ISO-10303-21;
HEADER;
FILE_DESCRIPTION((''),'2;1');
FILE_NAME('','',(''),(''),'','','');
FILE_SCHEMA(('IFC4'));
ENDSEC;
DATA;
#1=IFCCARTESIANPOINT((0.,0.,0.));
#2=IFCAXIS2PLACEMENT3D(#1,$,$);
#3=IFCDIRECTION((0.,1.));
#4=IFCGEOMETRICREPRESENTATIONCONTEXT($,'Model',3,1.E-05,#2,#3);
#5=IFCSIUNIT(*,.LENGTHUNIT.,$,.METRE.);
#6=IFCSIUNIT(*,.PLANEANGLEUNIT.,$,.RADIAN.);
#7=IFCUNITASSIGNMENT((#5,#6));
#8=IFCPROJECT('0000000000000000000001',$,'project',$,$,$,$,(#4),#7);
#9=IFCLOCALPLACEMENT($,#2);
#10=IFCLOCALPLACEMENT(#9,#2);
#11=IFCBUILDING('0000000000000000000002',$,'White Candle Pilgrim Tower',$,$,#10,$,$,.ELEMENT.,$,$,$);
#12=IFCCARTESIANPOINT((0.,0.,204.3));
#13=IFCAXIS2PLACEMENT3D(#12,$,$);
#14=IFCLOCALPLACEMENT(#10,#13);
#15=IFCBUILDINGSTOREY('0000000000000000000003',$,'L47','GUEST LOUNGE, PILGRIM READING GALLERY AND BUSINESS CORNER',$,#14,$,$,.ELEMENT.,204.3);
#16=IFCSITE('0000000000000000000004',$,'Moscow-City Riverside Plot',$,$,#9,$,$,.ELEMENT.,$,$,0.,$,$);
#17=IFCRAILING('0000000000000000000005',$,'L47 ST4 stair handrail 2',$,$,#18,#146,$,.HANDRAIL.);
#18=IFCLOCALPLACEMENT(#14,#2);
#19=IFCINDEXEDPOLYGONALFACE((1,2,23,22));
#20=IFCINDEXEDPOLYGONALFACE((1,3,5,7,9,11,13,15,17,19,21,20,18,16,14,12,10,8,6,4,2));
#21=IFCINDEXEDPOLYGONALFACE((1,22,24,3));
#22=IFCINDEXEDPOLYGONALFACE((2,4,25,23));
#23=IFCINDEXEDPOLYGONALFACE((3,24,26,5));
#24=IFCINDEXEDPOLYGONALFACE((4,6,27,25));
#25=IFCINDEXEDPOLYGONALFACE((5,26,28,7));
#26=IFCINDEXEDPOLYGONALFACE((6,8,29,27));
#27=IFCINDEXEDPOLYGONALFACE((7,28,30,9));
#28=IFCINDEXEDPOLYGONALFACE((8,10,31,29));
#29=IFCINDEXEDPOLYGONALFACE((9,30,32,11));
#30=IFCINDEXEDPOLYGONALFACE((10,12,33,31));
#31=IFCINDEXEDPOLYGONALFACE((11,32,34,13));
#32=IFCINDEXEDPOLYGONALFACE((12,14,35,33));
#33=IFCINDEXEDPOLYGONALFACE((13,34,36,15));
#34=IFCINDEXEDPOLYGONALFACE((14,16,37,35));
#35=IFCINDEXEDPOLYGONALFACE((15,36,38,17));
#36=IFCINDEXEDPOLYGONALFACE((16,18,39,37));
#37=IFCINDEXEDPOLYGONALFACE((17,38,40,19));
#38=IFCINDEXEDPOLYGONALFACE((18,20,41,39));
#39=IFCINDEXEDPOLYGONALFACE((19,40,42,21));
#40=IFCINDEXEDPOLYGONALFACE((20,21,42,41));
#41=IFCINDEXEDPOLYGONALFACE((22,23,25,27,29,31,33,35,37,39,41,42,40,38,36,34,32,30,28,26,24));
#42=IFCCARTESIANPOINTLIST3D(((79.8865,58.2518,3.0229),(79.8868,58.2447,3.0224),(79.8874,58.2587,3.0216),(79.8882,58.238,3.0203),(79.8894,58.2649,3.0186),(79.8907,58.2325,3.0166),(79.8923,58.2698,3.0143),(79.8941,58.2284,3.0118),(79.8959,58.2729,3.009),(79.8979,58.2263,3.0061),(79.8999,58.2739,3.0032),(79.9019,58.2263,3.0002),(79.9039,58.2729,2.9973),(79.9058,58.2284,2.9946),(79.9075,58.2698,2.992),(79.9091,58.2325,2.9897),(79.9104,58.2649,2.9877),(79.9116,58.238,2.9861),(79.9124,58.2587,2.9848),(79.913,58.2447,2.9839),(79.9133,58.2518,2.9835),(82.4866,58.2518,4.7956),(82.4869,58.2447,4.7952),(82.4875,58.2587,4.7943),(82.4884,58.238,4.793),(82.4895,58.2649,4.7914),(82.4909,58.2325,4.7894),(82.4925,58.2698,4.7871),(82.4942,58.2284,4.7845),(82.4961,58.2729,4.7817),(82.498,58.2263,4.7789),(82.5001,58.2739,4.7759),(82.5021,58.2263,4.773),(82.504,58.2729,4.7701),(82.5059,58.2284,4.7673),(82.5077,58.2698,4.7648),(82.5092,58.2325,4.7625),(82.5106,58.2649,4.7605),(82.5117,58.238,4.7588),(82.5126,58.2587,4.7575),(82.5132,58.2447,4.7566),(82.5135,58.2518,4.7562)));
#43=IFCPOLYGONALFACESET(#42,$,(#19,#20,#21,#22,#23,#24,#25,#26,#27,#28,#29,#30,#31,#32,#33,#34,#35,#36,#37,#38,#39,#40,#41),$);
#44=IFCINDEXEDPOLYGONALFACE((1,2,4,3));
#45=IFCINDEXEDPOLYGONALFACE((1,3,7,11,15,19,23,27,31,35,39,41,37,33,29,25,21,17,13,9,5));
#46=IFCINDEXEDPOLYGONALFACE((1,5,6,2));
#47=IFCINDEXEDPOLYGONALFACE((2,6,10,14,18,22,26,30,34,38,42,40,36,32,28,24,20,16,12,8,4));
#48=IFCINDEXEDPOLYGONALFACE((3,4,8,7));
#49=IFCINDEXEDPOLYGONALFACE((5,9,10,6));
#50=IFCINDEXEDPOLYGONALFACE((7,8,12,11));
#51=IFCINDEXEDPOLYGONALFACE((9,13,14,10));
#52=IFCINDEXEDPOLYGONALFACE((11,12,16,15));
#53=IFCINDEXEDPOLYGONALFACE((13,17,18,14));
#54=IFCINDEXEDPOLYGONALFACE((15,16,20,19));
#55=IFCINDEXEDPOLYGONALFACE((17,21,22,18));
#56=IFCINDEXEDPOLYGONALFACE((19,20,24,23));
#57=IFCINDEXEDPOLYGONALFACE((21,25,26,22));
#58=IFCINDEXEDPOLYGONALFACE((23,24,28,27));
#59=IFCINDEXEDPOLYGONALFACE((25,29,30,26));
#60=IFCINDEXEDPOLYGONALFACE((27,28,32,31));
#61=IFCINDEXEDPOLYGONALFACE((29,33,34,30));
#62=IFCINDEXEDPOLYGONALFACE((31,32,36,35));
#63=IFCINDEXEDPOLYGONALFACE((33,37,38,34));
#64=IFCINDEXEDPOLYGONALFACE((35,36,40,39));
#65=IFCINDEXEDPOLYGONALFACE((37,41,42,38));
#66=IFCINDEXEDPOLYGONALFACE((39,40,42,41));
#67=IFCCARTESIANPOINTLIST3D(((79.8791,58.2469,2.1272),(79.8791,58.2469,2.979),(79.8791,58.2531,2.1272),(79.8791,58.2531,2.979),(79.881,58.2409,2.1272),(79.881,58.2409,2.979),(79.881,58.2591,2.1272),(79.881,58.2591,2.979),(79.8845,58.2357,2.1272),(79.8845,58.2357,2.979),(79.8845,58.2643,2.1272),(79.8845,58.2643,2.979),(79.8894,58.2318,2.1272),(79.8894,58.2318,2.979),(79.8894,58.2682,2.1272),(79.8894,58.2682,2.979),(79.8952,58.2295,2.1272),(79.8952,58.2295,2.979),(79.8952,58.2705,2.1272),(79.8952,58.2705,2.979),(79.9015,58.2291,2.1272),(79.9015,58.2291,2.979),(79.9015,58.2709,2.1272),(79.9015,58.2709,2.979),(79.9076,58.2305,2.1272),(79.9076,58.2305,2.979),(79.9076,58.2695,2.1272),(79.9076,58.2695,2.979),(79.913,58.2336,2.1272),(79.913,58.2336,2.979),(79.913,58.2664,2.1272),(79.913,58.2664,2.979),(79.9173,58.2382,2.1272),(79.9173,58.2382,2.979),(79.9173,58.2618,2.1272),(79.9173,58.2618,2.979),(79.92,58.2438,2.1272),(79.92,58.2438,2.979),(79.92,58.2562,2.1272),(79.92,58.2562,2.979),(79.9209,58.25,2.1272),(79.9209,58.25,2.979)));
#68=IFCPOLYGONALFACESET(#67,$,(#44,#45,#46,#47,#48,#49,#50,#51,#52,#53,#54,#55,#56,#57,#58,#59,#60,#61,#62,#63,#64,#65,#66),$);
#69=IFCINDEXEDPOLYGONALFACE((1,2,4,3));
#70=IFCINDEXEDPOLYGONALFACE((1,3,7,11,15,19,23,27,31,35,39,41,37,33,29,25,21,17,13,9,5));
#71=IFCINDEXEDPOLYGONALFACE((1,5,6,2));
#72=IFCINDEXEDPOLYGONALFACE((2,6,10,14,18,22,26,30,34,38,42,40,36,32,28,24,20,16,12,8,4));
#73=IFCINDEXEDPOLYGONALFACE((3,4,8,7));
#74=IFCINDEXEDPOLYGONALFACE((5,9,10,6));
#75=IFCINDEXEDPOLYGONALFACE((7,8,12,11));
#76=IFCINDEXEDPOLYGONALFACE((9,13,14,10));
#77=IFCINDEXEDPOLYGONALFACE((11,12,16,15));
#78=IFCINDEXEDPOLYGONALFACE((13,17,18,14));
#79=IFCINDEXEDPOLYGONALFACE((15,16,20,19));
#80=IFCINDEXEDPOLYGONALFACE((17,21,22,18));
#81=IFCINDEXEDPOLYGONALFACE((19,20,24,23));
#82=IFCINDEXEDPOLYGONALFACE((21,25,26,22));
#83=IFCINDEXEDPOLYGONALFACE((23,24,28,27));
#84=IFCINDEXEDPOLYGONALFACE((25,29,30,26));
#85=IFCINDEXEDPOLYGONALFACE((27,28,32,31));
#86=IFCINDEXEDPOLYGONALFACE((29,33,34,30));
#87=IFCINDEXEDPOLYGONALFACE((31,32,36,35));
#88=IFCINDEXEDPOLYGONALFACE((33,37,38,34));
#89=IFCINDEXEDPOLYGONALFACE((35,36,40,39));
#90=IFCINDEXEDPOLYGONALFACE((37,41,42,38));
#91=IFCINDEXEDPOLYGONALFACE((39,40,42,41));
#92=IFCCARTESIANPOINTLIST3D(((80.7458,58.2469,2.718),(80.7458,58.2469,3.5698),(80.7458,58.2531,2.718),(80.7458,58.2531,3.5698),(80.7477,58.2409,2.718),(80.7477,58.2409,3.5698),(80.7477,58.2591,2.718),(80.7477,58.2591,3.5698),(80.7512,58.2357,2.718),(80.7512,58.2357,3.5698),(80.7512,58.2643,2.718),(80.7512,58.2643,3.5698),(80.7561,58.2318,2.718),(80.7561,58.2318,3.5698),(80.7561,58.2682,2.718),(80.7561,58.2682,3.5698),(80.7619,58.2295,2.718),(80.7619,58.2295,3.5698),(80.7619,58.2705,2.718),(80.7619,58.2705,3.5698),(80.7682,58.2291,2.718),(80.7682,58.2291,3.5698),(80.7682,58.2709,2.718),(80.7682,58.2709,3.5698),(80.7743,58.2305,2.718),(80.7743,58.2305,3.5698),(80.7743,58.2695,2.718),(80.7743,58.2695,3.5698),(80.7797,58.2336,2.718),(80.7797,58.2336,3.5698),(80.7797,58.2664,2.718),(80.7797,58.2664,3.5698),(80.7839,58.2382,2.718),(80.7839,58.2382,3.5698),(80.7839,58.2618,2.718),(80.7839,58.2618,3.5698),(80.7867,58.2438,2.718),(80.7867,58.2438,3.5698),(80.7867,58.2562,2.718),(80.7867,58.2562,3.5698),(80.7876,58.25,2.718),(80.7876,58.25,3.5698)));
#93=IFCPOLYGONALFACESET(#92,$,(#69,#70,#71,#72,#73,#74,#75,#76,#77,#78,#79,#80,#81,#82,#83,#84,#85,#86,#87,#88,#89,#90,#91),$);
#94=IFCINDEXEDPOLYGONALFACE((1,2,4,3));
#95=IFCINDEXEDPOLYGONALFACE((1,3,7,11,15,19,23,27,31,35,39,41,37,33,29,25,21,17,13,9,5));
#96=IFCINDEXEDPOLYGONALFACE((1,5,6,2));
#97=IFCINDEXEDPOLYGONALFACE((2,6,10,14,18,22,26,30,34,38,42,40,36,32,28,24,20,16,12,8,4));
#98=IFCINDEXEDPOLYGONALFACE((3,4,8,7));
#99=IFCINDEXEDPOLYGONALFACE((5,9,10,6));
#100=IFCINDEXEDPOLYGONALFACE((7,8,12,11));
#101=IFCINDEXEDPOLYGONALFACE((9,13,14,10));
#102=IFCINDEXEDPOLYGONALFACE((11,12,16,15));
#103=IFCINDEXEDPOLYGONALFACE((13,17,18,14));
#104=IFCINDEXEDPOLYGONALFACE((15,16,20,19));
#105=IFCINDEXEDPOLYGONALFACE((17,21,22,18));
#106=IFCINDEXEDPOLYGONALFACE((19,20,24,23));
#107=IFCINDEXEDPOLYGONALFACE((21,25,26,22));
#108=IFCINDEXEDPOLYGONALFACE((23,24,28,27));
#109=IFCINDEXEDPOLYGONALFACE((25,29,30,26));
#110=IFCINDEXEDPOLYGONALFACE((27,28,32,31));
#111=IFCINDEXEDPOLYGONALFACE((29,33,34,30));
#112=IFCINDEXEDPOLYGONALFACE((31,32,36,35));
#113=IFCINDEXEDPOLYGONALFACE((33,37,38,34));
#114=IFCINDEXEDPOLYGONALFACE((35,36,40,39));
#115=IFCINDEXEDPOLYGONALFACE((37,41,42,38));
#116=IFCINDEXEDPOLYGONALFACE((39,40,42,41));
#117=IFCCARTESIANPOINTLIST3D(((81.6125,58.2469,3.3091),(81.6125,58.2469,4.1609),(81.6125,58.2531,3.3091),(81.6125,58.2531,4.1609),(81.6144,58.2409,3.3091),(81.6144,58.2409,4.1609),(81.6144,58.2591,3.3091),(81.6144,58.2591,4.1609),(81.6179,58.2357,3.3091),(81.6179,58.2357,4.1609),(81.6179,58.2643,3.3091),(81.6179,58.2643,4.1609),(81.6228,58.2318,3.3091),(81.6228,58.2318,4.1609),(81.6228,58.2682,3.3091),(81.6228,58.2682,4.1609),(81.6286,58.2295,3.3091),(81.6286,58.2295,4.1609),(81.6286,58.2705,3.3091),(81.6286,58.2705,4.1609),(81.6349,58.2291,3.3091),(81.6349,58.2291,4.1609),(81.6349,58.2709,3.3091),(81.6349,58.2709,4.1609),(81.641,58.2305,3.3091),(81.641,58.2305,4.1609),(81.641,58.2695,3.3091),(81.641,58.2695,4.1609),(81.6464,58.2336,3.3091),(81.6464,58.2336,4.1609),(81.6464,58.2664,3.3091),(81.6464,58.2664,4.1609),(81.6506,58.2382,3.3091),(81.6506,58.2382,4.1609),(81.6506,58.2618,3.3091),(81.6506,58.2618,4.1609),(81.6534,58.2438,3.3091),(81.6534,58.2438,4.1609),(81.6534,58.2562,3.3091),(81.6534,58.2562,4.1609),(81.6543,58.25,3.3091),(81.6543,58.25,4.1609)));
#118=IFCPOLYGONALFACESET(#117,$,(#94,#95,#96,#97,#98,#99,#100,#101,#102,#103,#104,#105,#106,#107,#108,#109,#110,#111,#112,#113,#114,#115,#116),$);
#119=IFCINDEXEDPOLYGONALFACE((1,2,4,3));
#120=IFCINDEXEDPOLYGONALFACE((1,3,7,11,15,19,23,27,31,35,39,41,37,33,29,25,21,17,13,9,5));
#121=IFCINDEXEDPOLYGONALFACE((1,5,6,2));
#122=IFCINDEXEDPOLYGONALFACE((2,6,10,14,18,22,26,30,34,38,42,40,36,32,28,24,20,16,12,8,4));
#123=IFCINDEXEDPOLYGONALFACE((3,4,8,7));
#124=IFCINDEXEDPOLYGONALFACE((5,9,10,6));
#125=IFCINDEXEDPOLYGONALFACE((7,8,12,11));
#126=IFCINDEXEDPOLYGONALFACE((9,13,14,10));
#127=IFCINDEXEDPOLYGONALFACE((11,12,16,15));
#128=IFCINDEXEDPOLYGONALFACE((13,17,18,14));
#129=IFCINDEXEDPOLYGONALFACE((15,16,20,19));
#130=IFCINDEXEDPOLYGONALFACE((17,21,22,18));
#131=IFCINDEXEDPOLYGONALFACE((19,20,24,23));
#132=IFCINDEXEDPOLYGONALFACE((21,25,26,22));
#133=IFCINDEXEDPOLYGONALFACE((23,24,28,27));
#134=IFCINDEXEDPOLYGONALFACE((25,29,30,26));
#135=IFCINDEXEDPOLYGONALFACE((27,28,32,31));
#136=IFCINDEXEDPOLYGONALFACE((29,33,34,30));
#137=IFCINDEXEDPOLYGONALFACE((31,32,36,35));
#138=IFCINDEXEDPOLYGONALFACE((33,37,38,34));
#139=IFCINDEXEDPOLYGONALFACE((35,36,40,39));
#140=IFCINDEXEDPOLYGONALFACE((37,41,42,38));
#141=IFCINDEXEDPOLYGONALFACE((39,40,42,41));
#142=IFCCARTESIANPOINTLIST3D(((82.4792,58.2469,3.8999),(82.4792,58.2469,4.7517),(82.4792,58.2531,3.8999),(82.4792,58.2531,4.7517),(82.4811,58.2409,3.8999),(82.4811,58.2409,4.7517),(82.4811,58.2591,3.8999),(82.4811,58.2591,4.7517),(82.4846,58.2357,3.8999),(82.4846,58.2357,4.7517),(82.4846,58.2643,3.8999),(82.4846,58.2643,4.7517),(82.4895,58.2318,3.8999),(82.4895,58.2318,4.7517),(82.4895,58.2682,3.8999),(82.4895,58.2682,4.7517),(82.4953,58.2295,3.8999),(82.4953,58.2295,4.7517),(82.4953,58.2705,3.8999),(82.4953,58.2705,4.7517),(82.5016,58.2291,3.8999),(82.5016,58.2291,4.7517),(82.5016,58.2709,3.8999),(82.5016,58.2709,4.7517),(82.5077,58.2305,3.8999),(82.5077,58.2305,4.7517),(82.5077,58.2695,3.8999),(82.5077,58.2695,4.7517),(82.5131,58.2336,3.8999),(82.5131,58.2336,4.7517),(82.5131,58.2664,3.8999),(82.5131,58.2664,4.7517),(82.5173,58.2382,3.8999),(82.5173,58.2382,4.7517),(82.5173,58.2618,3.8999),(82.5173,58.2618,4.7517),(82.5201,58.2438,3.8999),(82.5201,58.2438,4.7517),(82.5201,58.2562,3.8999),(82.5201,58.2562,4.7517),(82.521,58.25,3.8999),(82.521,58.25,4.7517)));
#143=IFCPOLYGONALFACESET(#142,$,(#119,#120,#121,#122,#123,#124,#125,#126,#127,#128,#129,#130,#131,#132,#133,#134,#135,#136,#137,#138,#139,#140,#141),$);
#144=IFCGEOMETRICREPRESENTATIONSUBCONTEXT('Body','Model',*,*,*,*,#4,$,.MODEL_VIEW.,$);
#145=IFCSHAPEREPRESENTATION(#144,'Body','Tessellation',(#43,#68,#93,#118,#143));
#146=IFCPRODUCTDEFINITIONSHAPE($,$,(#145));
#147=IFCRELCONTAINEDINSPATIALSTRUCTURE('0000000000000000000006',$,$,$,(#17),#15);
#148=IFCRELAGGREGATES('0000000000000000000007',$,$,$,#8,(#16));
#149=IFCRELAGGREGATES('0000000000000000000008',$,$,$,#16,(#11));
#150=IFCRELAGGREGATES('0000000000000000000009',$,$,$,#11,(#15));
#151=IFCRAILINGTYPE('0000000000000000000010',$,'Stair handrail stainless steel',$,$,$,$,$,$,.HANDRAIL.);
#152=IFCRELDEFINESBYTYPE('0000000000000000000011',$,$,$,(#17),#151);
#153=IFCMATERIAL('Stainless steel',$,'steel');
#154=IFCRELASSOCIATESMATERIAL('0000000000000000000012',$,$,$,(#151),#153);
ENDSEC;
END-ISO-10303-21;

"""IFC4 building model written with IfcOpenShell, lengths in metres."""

from ifc_helpers import new_model, si_unit, direction, frame, origin, origin_2d, place, context, subcontext, project, spatial, circle, extrude, material, type_object, element, save


model = new_model("IFC4")

# Units and contexts
model_context = context("Model", 3, precision=1e-05, world=origin(), true_north=direction((0.0, 1.0)))
body_context = subcontext(model_context, "Body", "Model", "MODEL_VIEW")
ifc_project = project(units=[si_unit("LENGTHUNIT", "METRE"), si_unit("PLANEANGLEUNIT", "RADIAN")], contexts=[model_context])

# Site, building, storey
site_placement = place(None, origin())
site = spatial("IfcSite", under=ifc_project, at=site_placement, Name="Moscow-City Riverside Plot", CompositionType="ELEMENT", RefElevation=0.0)
building_placement = place(site_placement, origin())
building = spatial("IfcBuilding", under=site, at=building_placement, Name="White Candle Pilgrim Tower", CompositionType="ELEMENT")
storey_placement = place(building_placement, frame((0.0, 0.0, 204.3)))
storey = spatial("IfcBuildingStorey", under=building, at=storey_placement, Name="L47", Description="GUEST LOUNGE, PILGRIM READING GALLERY AND BUSINESS CORNER", CompositionType="ELEMENT", Elevation=204.3)

# Railing
ifc_material_1 = material(Name="Stainless steel", Category="steel")
railing_type_1 = type_object("IfcRailingType", Name="Stair handrail stainless steel", PredefinedType="HANDRAIL", material=ifc_material_1)
railing_1_placement = place(storey_placement, frame((79.8999, 58.25, 2.1272)))
element("IfcRailing", 1, at=railing_1_placement, inside=storey, type_object=railing_type_1, Name="L47 ST4 stair handrail 2", PredefinedType="HANDRAIL", context=body_context, shape_type="SweptSolid", body=[
    extrude(circle(Radius=0.0239, at=origin_2d()), frame((0.0, 0.0, 0.876), z_axis=(0.82624, 0.0, 0.563318), x_axis=(0.0, 1.0, 0.0)), (0.0, 0.0, 1.0), 3.147),
    extrude(circle(Radius=0.021, at=origin_2d()), origin(), (0.0, 0.0, 1.0), 0.8518),
    extrude(circle(Radius=0.021, at=origin_2d()), frame((0.8667, 0.0, 0.5908)), (0.0, 0.0, 1.0), 0.8518),
    extrude(circle(Radius=0.021, at=origin_2d()), frame((1.7334, 0.0, 1.1819)), (0.0, 0.0, 1.0), 0.8518),
    extrude(circle(Radius=0.021, at=origin_2d()), frame((2.6001, 0.0, 1.7727)), (0.0, 0.0, 1.0), 0.8518),
])

save(model, "model.ifc")
